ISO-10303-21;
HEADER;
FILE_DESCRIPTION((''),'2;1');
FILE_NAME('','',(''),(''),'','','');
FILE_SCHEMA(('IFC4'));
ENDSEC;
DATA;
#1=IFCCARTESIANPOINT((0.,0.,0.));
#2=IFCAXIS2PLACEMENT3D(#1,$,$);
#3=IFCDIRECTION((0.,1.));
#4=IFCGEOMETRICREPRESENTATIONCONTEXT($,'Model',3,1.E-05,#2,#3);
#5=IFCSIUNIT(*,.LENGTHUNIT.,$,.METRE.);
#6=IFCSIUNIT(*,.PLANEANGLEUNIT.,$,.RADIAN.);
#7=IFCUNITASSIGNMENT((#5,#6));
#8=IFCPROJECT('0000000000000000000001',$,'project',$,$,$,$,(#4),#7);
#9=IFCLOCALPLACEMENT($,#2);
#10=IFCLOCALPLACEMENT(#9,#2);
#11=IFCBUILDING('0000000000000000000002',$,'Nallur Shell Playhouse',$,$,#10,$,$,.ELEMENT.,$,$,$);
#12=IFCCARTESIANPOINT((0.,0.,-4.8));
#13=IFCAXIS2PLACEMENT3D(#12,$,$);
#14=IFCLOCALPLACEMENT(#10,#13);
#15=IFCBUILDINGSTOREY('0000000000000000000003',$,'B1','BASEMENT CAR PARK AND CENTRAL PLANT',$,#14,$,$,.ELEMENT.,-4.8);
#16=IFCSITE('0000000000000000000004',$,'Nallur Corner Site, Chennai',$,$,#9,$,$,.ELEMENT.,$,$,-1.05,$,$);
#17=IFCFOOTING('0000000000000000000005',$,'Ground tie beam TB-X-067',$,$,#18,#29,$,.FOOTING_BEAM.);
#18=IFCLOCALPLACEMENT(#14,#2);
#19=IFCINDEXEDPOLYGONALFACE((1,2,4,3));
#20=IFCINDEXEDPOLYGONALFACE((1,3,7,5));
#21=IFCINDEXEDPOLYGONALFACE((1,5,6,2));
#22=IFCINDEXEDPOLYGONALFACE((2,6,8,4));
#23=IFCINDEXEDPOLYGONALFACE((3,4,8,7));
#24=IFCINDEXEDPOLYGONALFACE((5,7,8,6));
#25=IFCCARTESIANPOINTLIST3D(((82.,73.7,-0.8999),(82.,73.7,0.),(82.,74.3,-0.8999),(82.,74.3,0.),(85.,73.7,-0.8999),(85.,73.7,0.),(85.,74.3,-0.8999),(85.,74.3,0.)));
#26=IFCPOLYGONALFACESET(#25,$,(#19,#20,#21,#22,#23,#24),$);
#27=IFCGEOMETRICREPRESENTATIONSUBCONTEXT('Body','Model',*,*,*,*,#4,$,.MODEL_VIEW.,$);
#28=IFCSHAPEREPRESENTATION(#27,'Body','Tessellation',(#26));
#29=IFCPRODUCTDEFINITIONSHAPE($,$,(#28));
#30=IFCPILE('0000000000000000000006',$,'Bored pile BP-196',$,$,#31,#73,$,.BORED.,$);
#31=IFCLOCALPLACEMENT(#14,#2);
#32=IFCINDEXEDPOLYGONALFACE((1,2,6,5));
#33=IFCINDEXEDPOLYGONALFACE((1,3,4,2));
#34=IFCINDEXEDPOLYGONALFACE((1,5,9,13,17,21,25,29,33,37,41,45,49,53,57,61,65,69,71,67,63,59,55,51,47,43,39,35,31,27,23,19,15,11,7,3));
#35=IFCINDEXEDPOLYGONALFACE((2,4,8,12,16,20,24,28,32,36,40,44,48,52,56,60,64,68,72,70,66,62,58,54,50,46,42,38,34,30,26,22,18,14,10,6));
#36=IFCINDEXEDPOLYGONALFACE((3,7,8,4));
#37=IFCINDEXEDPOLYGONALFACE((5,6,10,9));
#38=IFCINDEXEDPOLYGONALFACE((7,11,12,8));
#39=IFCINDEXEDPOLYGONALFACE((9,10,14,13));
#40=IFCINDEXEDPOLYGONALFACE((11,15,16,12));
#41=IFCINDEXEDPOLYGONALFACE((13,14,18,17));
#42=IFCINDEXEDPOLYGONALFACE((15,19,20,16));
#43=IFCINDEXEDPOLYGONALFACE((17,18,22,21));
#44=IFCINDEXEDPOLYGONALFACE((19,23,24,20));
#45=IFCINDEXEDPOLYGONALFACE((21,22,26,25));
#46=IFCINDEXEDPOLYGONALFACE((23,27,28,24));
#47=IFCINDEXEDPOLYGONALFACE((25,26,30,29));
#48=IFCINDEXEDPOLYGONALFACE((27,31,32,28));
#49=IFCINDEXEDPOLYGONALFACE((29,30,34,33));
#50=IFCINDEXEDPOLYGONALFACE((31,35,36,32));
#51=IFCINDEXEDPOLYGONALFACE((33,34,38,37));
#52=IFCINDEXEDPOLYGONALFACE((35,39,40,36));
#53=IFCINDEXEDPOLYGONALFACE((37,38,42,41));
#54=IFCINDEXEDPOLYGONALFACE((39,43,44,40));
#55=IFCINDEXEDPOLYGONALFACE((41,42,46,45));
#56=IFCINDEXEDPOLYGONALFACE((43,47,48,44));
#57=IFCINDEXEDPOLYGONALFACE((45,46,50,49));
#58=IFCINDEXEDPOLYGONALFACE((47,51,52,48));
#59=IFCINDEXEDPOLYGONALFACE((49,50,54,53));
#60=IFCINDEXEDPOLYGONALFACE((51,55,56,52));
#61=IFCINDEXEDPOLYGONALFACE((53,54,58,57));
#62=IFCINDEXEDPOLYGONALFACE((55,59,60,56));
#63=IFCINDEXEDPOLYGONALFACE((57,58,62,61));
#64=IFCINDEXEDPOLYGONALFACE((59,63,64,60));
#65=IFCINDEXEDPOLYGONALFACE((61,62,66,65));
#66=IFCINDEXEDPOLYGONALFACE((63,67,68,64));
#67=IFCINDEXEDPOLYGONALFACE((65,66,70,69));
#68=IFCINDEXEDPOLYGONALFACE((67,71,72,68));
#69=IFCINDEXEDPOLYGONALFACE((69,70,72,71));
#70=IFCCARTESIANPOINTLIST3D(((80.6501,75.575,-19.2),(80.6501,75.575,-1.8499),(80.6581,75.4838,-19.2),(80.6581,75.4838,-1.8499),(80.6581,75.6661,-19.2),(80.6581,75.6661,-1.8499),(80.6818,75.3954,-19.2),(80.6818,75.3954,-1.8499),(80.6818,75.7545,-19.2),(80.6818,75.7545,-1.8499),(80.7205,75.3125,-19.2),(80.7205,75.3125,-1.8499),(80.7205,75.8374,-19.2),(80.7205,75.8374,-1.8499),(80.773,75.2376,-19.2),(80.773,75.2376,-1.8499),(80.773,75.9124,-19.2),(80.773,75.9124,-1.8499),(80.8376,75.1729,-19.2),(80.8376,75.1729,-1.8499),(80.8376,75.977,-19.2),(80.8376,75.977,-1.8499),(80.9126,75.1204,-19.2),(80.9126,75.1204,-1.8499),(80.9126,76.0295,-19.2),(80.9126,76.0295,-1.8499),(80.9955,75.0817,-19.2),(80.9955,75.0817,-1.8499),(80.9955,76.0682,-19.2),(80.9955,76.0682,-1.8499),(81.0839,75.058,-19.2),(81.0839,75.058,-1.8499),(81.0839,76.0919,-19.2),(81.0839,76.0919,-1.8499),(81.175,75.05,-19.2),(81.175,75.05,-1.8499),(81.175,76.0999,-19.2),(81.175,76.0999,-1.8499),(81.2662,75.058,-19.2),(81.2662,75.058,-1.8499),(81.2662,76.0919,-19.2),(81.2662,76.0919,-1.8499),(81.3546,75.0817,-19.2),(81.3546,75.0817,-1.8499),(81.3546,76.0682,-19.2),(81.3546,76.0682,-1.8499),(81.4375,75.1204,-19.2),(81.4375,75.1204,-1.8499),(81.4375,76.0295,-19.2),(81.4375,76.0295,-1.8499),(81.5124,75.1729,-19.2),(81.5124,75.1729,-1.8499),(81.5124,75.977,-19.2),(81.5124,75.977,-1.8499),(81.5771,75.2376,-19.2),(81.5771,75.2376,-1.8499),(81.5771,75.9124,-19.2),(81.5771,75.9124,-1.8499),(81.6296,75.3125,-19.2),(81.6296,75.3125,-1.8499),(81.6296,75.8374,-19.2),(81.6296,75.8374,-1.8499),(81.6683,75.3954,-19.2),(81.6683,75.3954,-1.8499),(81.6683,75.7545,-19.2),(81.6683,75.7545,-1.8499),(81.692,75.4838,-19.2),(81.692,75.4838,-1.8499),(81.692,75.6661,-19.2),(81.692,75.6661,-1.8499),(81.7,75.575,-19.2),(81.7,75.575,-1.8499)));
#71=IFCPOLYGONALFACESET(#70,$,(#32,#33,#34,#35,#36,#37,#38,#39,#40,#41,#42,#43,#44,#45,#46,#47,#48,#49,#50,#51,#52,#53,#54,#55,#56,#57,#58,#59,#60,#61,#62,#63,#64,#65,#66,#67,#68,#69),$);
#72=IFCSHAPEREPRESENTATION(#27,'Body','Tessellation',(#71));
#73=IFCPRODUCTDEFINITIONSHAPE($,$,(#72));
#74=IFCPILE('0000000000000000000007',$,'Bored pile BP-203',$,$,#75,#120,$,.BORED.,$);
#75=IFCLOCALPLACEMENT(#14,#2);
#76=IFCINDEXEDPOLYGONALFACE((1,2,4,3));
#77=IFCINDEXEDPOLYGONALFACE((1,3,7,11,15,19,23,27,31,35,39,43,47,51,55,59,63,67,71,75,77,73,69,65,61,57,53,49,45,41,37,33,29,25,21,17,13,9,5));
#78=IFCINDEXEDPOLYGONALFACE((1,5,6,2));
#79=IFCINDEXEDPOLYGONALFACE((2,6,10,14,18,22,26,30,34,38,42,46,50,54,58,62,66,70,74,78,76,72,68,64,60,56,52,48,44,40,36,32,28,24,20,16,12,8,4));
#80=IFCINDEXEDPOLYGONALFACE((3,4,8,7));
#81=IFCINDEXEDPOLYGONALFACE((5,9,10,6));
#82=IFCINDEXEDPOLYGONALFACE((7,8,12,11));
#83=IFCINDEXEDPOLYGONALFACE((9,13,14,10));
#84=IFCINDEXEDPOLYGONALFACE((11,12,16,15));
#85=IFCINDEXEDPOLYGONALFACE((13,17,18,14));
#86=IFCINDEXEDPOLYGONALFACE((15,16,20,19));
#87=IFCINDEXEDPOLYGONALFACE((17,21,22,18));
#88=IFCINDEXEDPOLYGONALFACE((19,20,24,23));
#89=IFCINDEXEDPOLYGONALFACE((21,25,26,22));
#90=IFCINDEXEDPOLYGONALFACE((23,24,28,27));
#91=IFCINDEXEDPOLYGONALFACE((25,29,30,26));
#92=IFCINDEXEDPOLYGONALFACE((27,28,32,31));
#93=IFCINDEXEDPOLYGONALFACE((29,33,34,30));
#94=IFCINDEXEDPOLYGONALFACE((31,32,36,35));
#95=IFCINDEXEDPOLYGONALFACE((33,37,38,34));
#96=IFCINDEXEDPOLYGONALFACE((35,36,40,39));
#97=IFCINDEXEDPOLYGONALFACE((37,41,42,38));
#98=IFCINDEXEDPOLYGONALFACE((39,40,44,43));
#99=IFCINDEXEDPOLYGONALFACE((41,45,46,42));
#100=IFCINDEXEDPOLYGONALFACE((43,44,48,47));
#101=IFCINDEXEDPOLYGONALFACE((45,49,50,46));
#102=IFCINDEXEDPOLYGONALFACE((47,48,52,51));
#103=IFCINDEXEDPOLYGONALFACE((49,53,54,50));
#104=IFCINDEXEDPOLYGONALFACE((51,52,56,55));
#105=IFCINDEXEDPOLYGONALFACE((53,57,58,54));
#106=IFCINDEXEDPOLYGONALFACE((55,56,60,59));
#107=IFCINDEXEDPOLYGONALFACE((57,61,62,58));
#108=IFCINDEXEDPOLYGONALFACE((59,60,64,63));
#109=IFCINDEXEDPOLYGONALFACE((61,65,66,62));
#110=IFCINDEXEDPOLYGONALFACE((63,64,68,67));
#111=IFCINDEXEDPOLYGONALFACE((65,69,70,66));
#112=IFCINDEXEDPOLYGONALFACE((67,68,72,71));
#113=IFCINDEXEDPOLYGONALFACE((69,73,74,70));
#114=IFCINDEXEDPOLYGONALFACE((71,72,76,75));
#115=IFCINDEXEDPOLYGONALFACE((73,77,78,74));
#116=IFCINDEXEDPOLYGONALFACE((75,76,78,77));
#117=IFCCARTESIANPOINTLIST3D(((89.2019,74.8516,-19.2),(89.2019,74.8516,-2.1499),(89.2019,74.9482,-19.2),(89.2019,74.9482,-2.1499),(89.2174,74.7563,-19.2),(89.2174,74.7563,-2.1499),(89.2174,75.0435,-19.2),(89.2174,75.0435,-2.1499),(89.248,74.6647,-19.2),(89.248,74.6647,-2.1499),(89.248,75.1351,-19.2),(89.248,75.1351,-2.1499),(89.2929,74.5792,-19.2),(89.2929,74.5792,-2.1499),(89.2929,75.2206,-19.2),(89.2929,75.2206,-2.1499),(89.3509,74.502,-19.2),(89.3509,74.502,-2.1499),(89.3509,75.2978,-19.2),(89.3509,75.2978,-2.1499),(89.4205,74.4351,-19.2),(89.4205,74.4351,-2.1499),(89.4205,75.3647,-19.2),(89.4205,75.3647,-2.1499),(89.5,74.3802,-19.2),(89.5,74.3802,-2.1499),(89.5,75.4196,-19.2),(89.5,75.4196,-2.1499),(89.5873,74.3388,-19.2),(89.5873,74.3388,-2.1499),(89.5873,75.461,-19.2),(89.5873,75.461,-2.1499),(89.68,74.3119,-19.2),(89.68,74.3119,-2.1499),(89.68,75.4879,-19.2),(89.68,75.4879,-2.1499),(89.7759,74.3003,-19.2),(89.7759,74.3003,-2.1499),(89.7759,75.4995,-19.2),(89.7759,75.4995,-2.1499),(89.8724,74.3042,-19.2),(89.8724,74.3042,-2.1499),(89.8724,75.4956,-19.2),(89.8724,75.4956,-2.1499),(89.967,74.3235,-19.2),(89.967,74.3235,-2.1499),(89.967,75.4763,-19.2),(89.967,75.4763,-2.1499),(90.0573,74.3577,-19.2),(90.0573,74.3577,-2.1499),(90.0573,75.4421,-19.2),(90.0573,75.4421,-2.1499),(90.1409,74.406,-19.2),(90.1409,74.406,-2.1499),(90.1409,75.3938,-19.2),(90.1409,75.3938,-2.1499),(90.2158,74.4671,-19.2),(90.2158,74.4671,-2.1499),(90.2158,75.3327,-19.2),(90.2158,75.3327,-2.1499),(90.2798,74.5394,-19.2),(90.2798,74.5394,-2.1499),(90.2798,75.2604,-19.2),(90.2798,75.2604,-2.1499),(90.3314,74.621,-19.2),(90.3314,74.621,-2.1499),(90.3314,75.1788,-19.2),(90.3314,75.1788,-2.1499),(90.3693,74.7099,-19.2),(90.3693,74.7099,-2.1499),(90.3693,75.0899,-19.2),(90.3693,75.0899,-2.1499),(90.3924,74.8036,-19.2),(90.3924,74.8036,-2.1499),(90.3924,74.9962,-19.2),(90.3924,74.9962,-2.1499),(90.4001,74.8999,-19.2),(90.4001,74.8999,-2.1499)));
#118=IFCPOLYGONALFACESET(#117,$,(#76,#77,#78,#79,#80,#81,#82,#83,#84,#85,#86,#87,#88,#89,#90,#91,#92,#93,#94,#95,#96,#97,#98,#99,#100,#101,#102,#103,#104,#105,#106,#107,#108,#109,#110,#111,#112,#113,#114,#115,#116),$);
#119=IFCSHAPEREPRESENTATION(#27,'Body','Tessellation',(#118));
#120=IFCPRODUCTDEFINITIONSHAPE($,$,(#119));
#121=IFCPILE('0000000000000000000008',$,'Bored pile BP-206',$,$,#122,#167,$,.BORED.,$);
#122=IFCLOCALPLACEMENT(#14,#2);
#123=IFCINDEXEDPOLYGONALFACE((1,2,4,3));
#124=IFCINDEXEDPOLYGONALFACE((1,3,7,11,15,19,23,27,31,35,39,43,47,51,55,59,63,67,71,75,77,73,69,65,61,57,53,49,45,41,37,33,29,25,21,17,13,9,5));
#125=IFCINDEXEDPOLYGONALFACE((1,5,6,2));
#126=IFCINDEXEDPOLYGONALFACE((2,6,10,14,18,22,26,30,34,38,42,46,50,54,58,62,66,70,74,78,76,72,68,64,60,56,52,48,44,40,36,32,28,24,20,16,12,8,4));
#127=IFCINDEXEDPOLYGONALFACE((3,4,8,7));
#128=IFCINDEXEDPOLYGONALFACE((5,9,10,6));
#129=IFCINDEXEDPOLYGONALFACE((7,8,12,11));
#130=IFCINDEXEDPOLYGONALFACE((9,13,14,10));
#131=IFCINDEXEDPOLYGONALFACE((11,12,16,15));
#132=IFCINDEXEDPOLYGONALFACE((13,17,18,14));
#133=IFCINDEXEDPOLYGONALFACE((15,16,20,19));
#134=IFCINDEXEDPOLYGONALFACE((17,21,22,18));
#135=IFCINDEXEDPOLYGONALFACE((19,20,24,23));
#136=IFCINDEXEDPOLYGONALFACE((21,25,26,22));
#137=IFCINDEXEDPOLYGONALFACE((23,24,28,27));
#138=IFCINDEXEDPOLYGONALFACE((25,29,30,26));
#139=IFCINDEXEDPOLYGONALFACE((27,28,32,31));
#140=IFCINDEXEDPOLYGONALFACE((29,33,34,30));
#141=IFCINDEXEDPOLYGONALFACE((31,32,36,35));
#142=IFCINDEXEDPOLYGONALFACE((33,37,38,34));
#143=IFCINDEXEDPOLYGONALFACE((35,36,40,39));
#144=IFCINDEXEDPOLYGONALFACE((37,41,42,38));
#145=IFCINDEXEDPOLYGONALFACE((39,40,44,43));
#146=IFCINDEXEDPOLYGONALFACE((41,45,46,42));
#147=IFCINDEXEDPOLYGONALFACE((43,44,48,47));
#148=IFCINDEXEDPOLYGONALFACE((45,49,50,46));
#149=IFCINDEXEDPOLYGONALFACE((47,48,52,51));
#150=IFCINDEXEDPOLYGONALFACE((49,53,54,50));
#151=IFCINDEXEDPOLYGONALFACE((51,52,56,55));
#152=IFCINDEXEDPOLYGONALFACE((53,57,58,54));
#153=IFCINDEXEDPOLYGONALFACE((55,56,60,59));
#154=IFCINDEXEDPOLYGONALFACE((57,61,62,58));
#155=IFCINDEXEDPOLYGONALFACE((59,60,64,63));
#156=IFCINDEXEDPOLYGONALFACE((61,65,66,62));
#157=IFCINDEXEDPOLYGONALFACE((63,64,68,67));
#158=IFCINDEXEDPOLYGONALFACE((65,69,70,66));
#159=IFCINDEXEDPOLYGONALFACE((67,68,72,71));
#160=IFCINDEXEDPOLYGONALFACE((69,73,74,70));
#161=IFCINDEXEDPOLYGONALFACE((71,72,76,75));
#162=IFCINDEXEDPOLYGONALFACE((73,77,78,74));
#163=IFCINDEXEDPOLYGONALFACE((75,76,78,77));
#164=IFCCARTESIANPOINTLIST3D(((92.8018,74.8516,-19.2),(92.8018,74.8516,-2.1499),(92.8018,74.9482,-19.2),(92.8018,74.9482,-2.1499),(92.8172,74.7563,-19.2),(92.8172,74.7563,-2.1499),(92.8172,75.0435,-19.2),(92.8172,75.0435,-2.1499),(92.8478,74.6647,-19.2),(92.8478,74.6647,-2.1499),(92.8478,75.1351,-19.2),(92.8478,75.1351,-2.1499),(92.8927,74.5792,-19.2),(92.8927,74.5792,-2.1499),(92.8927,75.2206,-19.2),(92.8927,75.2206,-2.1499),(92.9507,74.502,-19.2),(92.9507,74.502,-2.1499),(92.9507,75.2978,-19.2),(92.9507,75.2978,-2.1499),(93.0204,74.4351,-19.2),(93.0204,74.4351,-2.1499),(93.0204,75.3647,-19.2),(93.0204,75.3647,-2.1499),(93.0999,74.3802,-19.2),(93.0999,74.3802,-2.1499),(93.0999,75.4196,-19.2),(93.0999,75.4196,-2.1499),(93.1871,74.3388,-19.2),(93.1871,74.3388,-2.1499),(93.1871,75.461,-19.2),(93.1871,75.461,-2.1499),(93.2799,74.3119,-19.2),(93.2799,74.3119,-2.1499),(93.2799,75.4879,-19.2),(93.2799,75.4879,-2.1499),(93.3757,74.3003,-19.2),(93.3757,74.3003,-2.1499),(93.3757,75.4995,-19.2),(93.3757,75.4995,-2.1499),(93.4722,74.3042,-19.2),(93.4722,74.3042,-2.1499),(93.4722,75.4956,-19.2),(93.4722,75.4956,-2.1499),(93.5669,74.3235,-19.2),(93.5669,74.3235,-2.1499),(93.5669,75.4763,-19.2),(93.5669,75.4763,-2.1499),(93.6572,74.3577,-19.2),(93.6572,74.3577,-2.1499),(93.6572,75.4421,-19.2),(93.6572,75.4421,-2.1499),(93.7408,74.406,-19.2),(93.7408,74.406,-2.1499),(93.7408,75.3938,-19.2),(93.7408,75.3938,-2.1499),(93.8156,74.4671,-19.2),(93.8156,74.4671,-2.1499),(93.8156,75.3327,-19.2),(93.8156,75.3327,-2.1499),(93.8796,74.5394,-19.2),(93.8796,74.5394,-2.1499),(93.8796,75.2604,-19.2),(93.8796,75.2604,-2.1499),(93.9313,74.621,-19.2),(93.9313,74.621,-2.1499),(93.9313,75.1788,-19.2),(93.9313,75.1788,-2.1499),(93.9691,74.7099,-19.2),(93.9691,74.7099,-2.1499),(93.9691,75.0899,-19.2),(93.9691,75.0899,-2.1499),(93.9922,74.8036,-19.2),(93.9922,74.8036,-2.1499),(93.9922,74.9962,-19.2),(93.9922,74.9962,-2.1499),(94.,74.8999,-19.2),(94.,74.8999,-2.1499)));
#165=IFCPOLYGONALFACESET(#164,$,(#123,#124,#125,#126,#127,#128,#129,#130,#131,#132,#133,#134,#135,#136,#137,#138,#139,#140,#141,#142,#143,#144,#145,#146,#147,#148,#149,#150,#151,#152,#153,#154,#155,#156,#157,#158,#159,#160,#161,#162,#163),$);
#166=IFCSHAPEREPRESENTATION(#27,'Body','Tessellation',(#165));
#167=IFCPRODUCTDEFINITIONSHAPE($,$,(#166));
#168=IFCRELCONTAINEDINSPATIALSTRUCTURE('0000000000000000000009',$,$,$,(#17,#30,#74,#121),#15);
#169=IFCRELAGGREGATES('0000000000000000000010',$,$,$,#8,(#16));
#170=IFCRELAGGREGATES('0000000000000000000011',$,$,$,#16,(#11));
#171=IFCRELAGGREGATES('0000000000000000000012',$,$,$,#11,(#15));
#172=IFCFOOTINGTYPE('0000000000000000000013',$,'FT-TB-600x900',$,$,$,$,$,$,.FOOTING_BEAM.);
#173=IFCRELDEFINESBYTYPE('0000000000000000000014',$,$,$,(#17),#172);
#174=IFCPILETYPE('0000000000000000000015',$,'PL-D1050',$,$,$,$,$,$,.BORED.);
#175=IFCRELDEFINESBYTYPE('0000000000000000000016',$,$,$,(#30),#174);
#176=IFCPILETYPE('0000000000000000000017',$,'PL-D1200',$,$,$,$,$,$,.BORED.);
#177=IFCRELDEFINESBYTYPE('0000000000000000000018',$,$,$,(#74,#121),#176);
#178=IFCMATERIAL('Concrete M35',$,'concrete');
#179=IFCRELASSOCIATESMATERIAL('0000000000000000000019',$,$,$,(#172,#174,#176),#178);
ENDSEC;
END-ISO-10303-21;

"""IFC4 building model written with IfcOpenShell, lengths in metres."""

from ifc_helpers import new_model, si_unit, direction, frame, origin, origin_2d, place, context, subcontext, project, spatial, rectangle, circle, extrude, material, material_profile, profile_set, type_object, element, save


model = new_model("IFC4")

# Units and contexts
model_context = context("Model", 3, precision=1e-05, world=origin(), true_north=direction((0.0, 1.0)))
body_context = subcontext(model_context, "Body", "Model", "MODEL_VIEW")
ifc_project = project(units=[si_unit("LENGTHUNIT", "METRE"), si_unit("PLANEANGLEUNIT", "RADIAN")], contexts=[model_context])

# Site, building, storey
site_placement = place(None, origin())
site = spatial("IfcSite", under=ifc_project, at=site_placement, Name="Nallur Corner Site, Chennai", CompositionType="ELEMENT", RefElevation=-1.05)
building_placement = place(site_placement, origin())
building = spatial("IfcBuilding", under=site, at=building_placement, Name="Nallur Shell Playhouse", CompositionType="ELEMENT")
storey_placement = place(building_placement, frame((0.0, 0.0, -4.8)))
storey = spatial("IfcBuildingStorey", under=building, at=storey_placement, Name="B1", Description="BASEMENT CAR PARK AND CENTRAL PLANT", CompositionType="ELEMENT", Elevation=-4.8)

# Footing
ifc_material_1 = material(Name="Concrete M35", Category="concrete")
ifc_material_profile_1 = material_profile(ifc_material_1, rectangle(XDim=0.6001, YDim=0.8999, at=origin_2d()), Name="RC 600x900")
ifc_profile_set_1 = profile_set([ifc_material_profile_1], Name="Concrete M35")
footing_type = type_object("IfcFootingType", Name="FT-TB-600x900", PredefinedType="FOOTING_BEAM", material=ifc_profile_set_1)
footing_placement = place(storey_placement, frame((82.0, 74.0, -0.45), z_axis=(1.0, 0.0, 0.0), x_axis=(0.0, 1.0, 0.0)))
element("IfcFooting", 1, at=footing_placement, inside=storey, type_object=footing_type, Name="Ground tie beam TB-X-067", PredefinedType="FOOTING_BEAM", context=body_context, shape_type="SweptSolid", body=[
    extrude(rectangle(XDim=0.6001, YDim=0.8999, at=origin_2d()), origin(), (0.0, 0.0, 1.0), 3.0),
])

# Piles
ifc_material_profile_2 = material_profile(ifc_material_1, circle(Radius=0.5249, at=origin_2d()), Name="BORED PILE D1050")
ifc_profile_set_2 = profile_set([ifc_material_profile_2], Name="Concrete M35")
pile_type_1 = type_object("IfcPileType", Name="PL-D1050", PredefinedType="BORED", material=ifc_profile_set_2)
pile_placement = place(storey_placement, frame((81.175, 75.575, -1.8499), z_axis=(0.0, 0.0, -1.0), x_axis=(1.0, 0.0, 0.0)))
element("IfcPile", 2, at=pile_placement, inside=storey, type_object=pile_type_1, Name="Bored pile BP-196", PredefinedType="BORED", context=body_context, shape_type="SweptSolid", body=[
    extrude(circle(Radius=0.5249, at=origin_2d()), origin(), (0.0, 0.0, 1.0), 17.3501),
])
ifc_material_profile_3 = material_profile(ifc_material_1, circle(Radius=0.6001, at=origin_2d()), Name="BORED PILE D1200")
ifc_profile_set_3 = profile_set([ifc_material_profile_3], Name="Concrete M35")
pile_type_2 = type_object("IfcPileType", Name="PL-D1200", PredefinedType="BORED", material=ifc_profile_set_3)
for number, where, z_axis, x_axis, name in (
    (3, (89.8, 74.8999, -2.1499), (0.0, 0.0, -1.0), (1.0, 0.0, 0.0), "Bored pile BP-203"),
    (4, (93.3999, 74.8999, -2.1499), (0.0, 0.0, -1.0), (1.0, 0.0, 0.0), "Bored pile BP-206"),
):
    element("IfcPile", number, at=place(storey_placement, frame(where, z_axis=z_axis, x_axis=x_axis)), inside=storey, type_object=pile_type_2, Name=name, PredefinedType="BORED", context=body_context, shape_type="SweptSolid", body=[
        extrude(circle(Radius=0.6001, at=origin_2d()), origin(), (0.0, 0.0, 1.0), 17.05),
    ])

save(model, "model.ifc")
